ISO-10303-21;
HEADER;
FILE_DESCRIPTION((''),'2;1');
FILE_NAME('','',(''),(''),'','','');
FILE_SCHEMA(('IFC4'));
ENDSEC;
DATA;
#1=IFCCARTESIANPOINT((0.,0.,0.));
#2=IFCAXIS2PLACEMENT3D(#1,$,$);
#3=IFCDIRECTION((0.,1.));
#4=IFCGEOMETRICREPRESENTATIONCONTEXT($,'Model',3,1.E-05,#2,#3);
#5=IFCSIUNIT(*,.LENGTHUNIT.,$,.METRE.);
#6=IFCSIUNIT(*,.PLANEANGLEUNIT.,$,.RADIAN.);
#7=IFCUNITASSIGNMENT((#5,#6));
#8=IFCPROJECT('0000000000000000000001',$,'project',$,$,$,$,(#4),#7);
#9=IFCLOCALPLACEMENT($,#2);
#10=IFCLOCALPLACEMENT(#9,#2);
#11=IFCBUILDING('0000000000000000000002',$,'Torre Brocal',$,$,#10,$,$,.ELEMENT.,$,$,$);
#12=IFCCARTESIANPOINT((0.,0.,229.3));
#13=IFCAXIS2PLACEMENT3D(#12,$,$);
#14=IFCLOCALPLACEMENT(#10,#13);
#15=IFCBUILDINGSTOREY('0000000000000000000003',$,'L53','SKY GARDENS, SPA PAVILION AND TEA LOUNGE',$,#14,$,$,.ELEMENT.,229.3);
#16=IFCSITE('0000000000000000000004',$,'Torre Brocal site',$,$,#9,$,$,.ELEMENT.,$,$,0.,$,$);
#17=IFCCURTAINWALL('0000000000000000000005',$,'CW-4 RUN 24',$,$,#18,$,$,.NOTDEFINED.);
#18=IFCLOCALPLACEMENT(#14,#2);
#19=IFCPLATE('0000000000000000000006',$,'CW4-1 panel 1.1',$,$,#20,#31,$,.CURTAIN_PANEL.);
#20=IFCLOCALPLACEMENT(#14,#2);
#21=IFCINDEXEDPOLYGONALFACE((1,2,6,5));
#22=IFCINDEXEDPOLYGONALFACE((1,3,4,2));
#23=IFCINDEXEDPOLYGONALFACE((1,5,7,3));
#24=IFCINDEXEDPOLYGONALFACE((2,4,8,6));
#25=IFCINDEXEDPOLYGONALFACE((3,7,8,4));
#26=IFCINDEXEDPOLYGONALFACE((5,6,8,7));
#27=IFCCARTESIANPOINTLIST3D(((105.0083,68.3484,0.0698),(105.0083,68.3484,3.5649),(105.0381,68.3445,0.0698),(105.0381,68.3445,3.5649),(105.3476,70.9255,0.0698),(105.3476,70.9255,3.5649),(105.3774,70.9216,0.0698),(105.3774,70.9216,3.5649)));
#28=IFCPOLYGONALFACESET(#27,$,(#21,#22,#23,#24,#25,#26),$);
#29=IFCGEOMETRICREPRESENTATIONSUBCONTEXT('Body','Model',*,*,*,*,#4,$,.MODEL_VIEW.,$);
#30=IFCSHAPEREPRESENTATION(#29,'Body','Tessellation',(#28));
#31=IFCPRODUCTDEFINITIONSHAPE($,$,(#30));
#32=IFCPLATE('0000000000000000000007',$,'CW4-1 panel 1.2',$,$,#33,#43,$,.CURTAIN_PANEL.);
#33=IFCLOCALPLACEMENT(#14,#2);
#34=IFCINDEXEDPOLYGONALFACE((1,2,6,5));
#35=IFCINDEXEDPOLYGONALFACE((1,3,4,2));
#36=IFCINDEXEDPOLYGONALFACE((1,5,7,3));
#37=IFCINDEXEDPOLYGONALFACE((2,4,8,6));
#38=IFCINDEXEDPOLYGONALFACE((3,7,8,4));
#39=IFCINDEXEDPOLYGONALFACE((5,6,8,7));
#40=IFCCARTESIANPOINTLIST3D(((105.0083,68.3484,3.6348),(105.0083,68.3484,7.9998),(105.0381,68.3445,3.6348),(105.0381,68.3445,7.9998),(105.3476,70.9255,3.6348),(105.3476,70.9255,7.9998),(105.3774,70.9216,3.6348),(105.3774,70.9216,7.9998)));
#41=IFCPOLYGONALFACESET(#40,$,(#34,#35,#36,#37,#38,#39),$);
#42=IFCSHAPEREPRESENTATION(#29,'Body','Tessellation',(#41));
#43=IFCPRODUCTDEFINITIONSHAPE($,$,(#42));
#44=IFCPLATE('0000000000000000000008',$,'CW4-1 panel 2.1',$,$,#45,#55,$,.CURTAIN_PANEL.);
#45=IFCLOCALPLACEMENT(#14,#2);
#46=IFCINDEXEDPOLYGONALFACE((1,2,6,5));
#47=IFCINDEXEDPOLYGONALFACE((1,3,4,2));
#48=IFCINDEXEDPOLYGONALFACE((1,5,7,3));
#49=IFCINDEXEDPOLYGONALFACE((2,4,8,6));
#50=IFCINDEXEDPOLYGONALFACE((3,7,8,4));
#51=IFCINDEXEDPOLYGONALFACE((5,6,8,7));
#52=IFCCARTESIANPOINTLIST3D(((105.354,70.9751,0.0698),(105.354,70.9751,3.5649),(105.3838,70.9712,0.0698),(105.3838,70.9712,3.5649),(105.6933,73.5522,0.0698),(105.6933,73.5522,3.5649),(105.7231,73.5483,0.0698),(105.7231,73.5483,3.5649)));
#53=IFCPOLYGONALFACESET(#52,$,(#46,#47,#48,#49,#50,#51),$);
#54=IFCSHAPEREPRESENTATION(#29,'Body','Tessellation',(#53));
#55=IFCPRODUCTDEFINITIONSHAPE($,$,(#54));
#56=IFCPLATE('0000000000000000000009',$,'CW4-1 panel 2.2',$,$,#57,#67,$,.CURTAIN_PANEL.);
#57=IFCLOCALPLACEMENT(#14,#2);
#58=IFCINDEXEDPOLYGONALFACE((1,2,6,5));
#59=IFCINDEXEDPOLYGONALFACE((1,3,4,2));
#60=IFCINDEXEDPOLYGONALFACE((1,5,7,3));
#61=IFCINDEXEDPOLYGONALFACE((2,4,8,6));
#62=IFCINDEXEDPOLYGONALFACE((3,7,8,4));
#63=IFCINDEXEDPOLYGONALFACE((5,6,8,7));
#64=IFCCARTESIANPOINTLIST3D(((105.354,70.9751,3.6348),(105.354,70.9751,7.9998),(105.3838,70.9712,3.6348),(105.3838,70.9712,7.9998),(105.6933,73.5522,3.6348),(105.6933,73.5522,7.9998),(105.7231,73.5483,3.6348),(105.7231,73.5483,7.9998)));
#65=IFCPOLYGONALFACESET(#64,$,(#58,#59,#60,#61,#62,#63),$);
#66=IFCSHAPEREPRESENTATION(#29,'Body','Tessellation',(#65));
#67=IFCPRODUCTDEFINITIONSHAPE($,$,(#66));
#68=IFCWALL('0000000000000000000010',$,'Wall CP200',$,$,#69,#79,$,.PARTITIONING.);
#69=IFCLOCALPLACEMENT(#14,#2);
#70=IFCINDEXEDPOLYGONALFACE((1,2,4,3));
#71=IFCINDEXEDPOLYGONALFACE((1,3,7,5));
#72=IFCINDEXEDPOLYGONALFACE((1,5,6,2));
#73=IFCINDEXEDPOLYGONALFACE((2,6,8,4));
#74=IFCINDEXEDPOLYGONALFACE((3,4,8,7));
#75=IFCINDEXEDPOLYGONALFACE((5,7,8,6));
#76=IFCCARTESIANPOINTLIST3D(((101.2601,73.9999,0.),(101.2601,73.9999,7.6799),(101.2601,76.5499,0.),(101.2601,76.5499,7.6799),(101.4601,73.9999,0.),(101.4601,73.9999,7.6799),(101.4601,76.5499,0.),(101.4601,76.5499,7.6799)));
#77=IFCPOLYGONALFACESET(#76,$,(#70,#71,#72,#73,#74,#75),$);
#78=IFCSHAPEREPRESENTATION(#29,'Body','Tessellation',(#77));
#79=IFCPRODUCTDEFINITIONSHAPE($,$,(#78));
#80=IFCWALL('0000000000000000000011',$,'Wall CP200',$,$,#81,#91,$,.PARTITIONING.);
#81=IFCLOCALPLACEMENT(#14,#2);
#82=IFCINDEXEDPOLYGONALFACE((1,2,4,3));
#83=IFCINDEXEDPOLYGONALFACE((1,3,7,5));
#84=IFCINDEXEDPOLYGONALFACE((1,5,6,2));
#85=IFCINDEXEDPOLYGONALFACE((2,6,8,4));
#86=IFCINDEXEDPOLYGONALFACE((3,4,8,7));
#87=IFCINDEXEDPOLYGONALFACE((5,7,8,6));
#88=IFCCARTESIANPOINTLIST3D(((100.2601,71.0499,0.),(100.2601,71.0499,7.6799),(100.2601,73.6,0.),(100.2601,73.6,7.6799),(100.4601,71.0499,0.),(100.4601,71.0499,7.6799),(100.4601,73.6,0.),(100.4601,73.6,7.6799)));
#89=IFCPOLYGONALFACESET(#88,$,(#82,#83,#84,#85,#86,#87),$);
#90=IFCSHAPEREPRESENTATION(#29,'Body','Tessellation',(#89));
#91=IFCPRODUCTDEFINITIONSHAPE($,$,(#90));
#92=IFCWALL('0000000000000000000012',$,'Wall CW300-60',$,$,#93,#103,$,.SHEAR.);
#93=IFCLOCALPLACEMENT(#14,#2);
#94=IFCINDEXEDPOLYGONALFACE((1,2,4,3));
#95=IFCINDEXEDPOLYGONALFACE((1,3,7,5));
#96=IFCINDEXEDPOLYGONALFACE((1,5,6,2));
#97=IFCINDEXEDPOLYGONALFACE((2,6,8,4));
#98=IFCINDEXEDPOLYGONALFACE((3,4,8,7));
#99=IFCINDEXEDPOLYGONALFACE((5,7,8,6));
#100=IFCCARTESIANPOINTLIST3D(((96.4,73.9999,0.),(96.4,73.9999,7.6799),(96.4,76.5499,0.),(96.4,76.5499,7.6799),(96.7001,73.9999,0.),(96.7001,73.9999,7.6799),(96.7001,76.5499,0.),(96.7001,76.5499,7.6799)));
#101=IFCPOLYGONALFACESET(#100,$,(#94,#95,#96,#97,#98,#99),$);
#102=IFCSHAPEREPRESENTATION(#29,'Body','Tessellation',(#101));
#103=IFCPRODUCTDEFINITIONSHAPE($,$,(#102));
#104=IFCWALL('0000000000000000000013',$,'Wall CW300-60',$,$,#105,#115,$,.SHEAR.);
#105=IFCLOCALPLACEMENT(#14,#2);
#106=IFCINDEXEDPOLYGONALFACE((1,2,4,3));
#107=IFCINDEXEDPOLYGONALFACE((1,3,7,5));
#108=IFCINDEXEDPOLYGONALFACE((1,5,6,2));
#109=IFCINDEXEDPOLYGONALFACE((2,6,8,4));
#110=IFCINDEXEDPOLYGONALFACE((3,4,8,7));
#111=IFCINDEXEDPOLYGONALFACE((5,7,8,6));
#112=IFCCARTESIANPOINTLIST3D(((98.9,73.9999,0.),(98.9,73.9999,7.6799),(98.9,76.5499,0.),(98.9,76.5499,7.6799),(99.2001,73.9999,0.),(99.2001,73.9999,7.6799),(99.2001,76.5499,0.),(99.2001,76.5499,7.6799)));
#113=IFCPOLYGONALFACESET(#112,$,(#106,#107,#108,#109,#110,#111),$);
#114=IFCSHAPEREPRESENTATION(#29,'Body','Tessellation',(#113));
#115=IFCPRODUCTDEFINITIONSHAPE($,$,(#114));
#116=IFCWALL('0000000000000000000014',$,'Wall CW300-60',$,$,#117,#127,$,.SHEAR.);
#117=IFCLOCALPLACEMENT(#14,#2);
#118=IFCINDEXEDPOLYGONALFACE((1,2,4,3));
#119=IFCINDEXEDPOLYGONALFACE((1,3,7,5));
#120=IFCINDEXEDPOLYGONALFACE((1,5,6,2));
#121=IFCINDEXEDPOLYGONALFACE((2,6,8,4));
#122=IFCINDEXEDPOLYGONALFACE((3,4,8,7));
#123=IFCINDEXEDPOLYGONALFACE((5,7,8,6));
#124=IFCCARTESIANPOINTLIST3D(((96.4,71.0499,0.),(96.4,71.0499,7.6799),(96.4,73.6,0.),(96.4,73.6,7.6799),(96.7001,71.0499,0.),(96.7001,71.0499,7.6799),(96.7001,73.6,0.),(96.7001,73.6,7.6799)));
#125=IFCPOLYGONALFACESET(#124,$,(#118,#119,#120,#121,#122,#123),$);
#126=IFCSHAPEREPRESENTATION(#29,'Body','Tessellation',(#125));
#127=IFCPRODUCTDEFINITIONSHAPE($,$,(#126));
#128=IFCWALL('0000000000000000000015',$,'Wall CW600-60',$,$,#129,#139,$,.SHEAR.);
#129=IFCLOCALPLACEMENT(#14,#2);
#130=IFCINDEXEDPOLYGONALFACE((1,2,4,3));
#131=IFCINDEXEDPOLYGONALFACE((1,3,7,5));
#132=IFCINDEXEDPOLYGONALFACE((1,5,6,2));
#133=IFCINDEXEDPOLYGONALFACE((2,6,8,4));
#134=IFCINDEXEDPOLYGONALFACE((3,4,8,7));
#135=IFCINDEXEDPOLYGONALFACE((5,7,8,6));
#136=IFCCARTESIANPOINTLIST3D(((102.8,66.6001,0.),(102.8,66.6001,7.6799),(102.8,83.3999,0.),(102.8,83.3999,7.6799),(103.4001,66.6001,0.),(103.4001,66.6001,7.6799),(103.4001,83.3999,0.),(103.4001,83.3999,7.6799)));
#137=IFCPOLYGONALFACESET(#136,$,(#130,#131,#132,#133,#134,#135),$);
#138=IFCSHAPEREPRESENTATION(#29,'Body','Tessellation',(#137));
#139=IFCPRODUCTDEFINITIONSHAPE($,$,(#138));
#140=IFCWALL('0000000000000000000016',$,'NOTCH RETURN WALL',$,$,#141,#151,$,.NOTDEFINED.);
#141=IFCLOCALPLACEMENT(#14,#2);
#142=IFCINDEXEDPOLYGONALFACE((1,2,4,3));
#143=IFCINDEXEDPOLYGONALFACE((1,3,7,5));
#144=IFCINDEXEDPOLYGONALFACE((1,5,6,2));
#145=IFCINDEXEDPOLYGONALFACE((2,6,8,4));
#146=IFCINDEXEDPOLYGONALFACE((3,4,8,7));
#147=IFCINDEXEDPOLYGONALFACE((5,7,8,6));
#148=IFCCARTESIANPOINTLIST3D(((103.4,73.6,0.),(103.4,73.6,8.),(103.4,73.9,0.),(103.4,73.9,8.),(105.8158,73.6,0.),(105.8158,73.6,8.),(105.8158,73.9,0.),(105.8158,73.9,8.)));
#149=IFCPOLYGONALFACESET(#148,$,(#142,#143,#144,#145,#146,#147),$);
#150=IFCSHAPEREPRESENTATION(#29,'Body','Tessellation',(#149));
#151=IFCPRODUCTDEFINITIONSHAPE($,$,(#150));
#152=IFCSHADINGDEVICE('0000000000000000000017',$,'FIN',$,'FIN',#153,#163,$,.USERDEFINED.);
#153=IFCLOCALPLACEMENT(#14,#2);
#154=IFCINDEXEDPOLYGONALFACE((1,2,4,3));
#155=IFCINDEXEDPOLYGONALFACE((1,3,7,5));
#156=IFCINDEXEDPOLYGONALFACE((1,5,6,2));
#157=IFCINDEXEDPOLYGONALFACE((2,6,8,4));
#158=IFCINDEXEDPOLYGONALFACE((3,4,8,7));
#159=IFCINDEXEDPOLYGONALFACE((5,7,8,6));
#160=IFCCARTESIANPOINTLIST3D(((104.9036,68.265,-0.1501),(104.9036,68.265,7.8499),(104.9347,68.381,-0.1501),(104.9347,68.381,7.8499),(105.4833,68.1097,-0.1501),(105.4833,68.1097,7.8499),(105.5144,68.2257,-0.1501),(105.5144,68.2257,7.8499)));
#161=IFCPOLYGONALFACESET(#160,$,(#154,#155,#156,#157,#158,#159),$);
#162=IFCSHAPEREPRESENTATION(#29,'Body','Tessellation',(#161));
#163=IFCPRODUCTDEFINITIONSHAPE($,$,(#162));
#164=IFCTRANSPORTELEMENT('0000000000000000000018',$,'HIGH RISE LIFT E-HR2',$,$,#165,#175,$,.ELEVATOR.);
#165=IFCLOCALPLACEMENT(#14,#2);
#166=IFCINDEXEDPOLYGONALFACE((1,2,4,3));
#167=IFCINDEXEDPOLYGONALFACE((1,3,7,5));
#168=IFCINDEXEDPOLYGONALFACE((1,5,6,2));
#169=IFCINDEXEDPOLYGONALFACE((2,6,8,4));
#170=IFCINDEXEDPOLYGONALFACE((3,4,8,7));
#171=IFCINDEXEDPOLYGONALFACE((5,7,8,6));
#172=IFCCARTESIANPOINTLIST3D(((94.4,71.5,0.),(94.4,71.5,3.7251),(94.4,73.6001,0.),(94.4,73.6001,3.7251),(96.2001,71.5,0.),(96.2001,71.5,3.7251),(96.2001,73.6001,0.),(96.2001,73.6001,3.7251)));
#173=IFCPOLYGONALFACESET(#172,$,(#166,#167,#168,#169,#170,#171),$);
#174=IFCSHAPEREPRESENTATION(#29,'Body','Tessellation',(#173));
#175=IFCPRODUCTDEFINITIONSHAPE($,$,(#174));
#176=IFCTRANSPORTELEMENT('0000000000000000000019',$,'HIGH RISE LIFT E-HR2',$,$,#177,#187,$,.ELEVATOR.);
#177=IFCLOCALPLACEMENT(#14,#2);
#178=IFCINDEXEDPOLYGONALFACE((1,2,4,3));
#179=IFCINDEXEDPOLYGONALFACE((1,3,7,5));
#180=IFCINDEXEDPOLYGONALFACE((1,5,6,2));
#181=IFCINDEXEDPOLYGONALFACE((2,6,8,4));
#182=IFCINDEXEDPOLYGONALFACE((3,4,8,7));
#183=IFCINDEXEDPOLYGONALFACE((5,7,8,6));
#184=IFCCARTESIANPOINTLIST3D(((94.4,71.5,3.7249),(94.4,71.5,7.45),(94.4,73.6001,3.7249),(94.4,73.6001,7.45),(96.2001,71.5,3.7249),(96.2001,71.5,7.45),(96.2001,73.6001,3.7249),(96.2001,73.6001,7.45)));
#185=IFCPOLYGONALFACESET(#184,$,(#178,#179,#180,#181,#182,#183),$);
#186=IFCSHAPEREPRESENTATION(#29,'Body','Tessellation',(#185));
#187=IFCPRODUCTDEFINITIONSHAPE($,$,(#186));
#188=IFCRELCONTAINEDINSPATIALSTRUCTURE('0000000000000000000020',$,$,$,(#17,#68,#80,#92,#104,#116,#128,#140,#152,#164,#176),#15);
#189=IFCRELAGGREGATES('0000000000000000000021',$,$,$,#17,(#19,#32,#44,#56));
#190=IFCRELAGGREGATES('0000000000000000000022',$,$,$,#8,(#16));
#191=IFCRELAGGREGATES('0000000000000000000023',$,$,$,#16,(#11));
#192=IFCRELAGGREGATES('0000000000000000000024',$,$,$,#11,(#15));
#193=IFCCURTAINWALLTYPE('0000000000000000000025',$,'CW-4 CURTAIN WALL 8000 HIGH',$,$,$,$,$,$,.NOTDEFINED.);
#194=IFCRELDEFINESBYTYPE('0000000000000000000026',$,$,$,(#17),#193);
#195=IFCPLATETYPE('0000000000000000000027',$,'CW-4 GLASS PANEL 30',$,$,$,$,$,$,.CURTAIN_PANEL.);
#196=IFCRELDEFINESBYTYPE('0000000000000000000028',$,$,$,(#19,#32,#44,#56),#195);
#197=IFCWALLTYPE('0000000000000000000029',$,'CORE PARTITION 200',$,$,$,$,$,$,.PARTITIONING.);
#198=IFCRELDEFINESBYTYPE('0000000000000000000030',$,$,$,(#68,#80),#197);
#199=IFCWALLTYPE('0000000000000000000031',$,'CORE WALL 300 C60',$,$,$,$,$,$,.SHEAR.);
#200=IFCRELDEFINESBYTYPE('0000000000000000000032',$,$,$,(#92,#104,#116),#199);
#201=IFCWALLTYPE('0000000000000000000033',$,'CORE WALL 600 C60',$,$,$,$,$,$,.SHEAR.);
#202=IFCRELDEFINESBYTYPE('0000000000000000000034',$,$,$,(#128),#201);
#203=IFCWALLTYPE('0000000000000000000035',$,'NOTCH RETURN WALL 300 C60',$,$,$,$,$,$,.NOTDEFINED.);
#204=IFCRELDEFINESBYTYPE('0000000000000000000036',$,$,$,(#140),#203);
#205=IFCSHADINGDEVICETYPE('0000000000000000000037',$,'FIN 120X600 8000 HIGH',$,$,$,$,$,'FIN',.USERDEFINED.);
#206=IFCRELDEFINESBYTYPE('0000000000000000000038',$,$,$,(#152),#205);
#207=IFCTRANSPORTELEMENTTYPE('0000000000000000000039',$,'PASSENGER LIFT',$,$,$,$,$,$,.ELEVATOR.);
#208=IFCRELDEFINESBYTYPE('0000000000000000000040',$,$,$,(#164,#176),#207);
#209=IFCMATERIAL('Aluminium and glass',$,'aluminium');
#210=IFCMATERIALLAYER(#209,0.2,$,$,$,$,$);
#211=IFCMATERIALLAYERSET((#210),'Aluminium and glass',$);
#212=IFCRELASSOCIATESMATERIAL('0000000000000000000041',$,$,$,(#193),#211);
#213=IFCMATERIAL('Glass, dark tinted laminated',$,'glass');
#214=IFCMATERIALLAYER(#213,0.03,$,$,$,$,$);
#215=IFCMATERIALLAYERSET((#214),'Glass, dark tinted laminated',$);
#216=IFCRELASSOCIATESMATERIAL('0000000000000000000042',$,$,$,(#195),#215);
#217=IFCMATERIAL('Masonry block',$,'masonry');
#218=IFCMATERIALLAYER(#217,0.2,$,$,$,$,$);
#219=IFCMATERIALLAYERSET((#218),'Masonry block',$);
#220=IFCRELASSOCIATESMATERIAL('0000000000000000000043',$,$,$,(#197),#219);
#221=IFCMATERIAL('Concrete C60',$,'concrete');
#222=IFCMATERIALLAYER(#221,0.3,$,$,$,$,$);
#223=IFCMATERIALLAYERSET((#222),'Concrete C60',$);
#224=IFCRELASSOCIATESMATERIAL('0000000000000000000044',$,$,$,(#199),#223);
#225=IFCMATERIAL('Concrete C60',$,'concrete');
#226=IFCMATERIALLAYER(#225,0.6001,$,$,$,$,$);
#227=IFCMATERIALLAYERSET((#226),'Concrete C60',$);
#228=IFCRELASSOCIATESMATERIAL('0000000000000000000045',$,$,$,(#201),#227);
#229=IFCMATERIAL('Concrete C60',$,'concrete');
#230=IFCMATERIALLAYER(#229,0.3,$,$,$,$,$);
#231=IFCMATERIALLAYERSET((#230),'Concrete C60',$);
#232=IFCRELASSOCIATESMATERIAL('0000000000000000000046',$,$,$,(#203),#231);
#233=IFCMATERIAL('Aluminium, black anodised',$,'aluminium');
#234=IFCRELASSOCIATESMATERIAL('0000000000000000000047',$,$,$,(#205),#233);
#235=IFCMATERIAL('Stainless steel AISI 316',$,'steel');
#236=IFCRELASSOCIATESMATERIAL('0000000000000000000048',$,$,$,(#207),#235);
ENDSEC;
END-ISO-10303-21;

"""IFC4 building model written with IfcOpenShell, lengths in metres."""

from ifc_helpers import new_model, si_unit, direction, frame, frame_2d, origin, origin_2d, place, context, subcontext, project, spatial, rectangle, extrude, material, layer, layer_set, material_profile, profile_set, type_object, element, aggregate, save


model = new_model("IFC4")

# Units and contexts
model_context = context("Model", 3, precision=1e-05, world=origin(), true_north=direction((0.0, 1.0)))
body_context = subcontext(model_context, "Body", "Model", "MODEL_VIEW")
ifc_project = project(units=[si_unit("LENGTHUNIT", "METRE"), si_unit("PLANEANGLEUNIT", "RADIAN")], contexts=[model_context])

# Site, building, storey
site_placement = place(None, origin())
site = spatial("IfcSite", under=ifc_project, at=site_placement, Name="Torre Brocal site", CompositionType="ELEMENT", RefElevation=0.0)
building_placement = place(site_placement, origin())
building = spatial("IfcBuilding", under=site, at=building_placement, Name="Torre Brocal", CompositionType="ELEMENT")
storey_placement = place(building_placement, frame((0.0, 0.0, 229.3)))
storey = spatial("IfcBuildingStorey", under=building, at=storey_placement, Name="L53", Description="SKY GARDENS, SPA PAVILION AND TEA LOUNGE", CompositionType="ELEMENT", Elevation=229.3)

# Curtain wall
ifc_material_1 = material(Name="Aluminium and glass", Category="aluminium")
ifc_layer_1 = layer(ifc_material_1, 0.2)
ifc_layer_set_1 = layer_set([ifc_layer_1], Name="Aluminium and glass")
curtain_wall_type = type_object("IfcCurtainWallType", Name="CW-4 CURTAIN WALL 8000 HIGH", PredefinedType="NOTDEFINED", material=ifc_layer_set_1)
curtain_wall_1_placement = place(storey_placement, origin())
curtain_wall_1 = element("IfcCurtainWall", 1, at=curtain_wall_1_placement, inside=storey, type_object=curtain_wall_type, Name="CW-4 RUN 24", PredefinedType="NOTDEFINED")

# Plates
ifc_material_2 = material(Name="Glass, dark tinted laminated", Category="glass")
ifc_layer_2 = layer(ifc_material_2, 0.03)
ifc_layer_set_2 = layer_set([ifc_layer_2], Name="Glass, dark tinted laminated")
plate_type = type_object("IfcPlateType", Name="CW-4 GLASS PANEL 30", PredefinedType="CURTAIN_PANEL", material=ifc_layer_set_2)
plate_1_placement = place(storey_placement, frame((105.1929, 69.635, 0.0698), z_axis=(0.0, 0.0, 1.0), x_axis=(0.130526, 0.991445, 0.0)))
plate_1 = element("IfcPlate", 2, at=plate_1_placement, type_object=plate_type, Name="CW4-1 panel 1.1", PredefinedType="CURTAIN_PANEL", context=body_context, shape_type="SweptSolid", body=[
    extrude(rectangle(XDim=2.5994, YDim=0.03, at=origin_2d()), origin(), (0.0, 0.0, 1.0), 3.4951),
])
plate_2_placement = place(storey_placement, frame((105.1929, 69.635, 3.6348), z_axis=(0.0, 0.0, 1.0), x_axis=(0.130526, 0.991445, 0.0)))
plate_2 = element("IfcPlate", 3, at=plate_2_placement, type_object=plate_type, Name="CW4-1 panel 1.2", PredefinedType="CURTAIN_PANEL", context=body_context, shape_type="SweptSolid", body=[
    extrude(rectangle(XDim=2.5994, YDim=0.03, at=origin_2d()), origin(), (0.0, 0.0, 1.0), 4.365),
])
plate_3_placement = place(storey_placement, frame((105.5386, 72.2617, 0.0698), z_axis=(0.0, 0.0, 1.0), x_axis=(0.130526, 0.991445, 0.0)))
plate_3 = element("IfcPlate", 4, at=plate_3_placement, type_object=plate_type, Name="CW4-1 panel 2.1", PredefinedType="CURTAIN_PANEL", context=body_context, shape_type="SweptSolid", body=[
    extrude(rectangle(XDim=2.5994, YDim=0.03, at=origin_2d()), origin(), (0.0, 0.0, 1.0), 3.4951),
])
plate_4_placement = place(storey_placement, frame((105.5386, 72.2617, 3.6348), z_axis=(0.0, 0.0, 1.0), x_axis=(0.130526, 0.991445, 0.0)))
plate_4 = element("IfcPlate", 5, at=plate_4_placement, type_object=plate_type, Name="CW4-1 panel 2.2", PredefinedType="CURTAIN_PANEL", context=body_context, shape_type="SweptSolid", body=[
    extrude(rectangle(XDim=2.5994, YDim=0.03, at=origin_2d()), origin(), (0.0, 0.0, 1.0), 4.365),
])
aggregate(curtain_wall_1, [plate_1, plate_2, plate_3, plate_4])

# Walls
ifc_material_3 = material(Name="Masonry block", Category="masonry")
ifc_layer_3 = layer(ifc_material_3, 0.2)
ifc_layer_set_3 = layer_set([ifc_layer_3], Name="Masonry block")
wall_type_1 = type_object("IfcWallType", Name="CORE PARTITION 200", PredefinedType="PARTITIONING", material=ifc_layer_set_3)
for number, where, z_axis, x_axis, name in (
    (6, (101.3601, 74.0, 0.0), (0.0, 0.0, 1.0), (0.0, 1.0, 0.0), "Wall CP200"),
    (7, (100.3601, 71.05, 0.0), (0.0, 0.0, 1.0), (0.0, 1.0, 0.0), "Wall CP200"),
):
    element("IfcWall", number, at=place(storey_placement, frame(where, z_axis=z_axis, x_axis=x_axis)), inside=storey, type_object=wall_type_1, Name=name, PredefinedType="PARTITIONING", context=body_context, shape_type="SweptSolid", body=[
        extrude(rectangle(XDim=2.55, YDim=0.2, at=frame_2d((1.2749, 0.0))), origin(), (0.0, 0.0, 1.0), 7.6799),
    ])
ifc_material_4 = material(Name="Concrete C60", Category="concrete")
ifc_layer_4 = layer(ifc_material_4, 0.3)
ifc_layer_set_4 = layer_set([ifc_layer_4], Name="Concrete C60")
wall_type_2 = type_object("IfcWallType", Name="CORE WALL 300 C60", PredefinedType="SHEAR", material=ifc_layer_set_4)
for number, where, z_axis, x_axis, name in (
    (8, (96.55, 74.0, 0.0), (0.0, 0.0, 1.0), (0.0, 1.0, 0.0), "Wall CW300-60"),
    (9, (99.05, 74.0, 0.0), (0.0, 0.0, 1.0), (0.0, 1.0, 0.0), "Wall CW300-60"),
    (10, (96.55, 71.05, 0.0), (0.0, 0.0, 1.0), (0.0, 1.0, 0.0), "Wall CW300-60"),
):
    element("IfcWall", number, at=place(storey_placement, frame(where, z_axis=z_axis, x_axis=x_axis)), inside=storey, type_object=wall_type_2, Name=name, PredefinedType="SHEAR", context=body_context, shape_type="SweptSolid", body=[
        extrude(rectangle(XDim=2.55, YDim=0.3, at=frame_2d((1.2749, 0.0))), origin(), (0.0, 0.0, 1.0), 7.6799),
    ])
ifc_material_5 = material(Name="Concrete C60", Category="concrete")
ifc_layer_5 = layer(ifc_material_5, 0.6001)
ifc_layer_set_5 = layer_set([ifc_layer_5], Name="Concrete C60")
wall_type_3 = type_object("IfcWallType", Name="CORE WALL 600 C60", PredefinedType="SHEAR", material=ifc_layer_set_5)
wall_1_placement = place(storey_placement, frame((103.1001, 66.6001, 0.0), z_axis=(0.0, 0.0, 1.0), x_axis=(0.0, 1.0, 0.0)))
element("IfcWall", 11, at=wall_1_placement, inside=storey, type_object=wall_type_3, Name="Wall CW600-60", PredefinedType="SHEAR", context=body_context, shape_type="SweptSolid", body=[
    extrude(rectangle(XDim=16.7998, YDim=0.6001, at=frame_2d((8.3999, 0.0))), origin(), (0.0, 0.0, 1.0), 7.6799),
])
ifc_material_6 = material(Name="Concrete C60", Category="concrete")
ifc_layer_6 = layer(ifc_material_6, 0.3)
ifc_layer_set_6 = layer_set([ifc_layer_6], Name="Concrete C60")
wall_type_4 = type_object("IfcWallType", Name="NOTCH RETURN WALL 300 C60", PredefinedType="NOTDEFINED", material=ifc_layer_set_6)
wall_2_placement = place(storey_placement, frame((103.3999, 73.75, 0.0), z_axis=(0.0, 0.0, 1.0), x_axis=(1.0, 0.0, 0.0)))
element("IfcWall", 12, at=wall_2_placement, inside=storey, type_object=wall_type_4, Name="NOTCH RETURN WALL", PredefinedType="NOTDEFINED", context=body_context, shape_type="SweptSolid", body=[
    extrude(rectangle(XDim=2.4158, YDim=0.3, at=frame_2d((1.208, 0.0))), origin(), (0.0, 0.0, 1.0), 8.0),
])

# Shading device
ifc_material_7 = material(Name="Aluminium, black anodised", Category="aluminium")
ifc_material_profile_1 = material_profile(ifc_material_7, rectangle(XDim=0.1201, YDim=0.6001, at=origin_2d()), Name="FIN 120X600 8000 HIGH")
ifc_profile_set_1 = profile_set([ifc_material_profile_1], Name="Aluminium, black anodised")
shading_device_type = type_object("IfcShadingDeviceType", Name="FIN 120X600 8000 HIGH", ElementType="FIN", PredefinedType="USERDEFINED", material=ifc_profile_set_1)
shading_device_placement = place(storey_placement, frame((105.209, 68.2454, -0.1501), z_axis=(0.0, 0.0, 1.0), x_axis=(0.258819, 0.965926, 0.0)))
element("IfcShadingDevice", 13, at=shading_device_placement, inside=storey, type_object=shading_device_type, Name="FIN", ObjectType="FIN", PredefinedType="USERDEFINED", context=body_context, shape_type="SweptSolid", body=[
    extrude(rectangle(XDim=0.1201, YDim=0.6001, at=origin_2d()), origin(), (0.0, 0.0, 1.0), 8.0),
])

# Transport elements
ifc_material_8 = material(Name="Stainless steel AISI 316", Category="steel")
transport_element_type = type_object("IfcTransportElementType", Name="PASSENGER LIFT", PredefinedType="ELEVATOR", material=ifc_material_8)
for number, where, z_axis, x_axis, name in (
    (14, (95.3, 72.55, 0.0), (0.0, 0.0, 1.0), (1.0, 0.0, 0.0), "HIGH RISE LIFT E-HR2"),
    (15, (95.3, 72.55, 3.7249), (0.0, 0.0, 1.0), (1.0, 0.0, 0.0), "HIGH RISE LIFT E-HR2"),
):
    element("IfcTransportElement", number, at=place(storey_placement, frame(where, z_axis=z_axis, x_axis=x_axis)), inside=storey, type_object=transport_element_type, Name=name, PredefinedType="ELEVATOR", context=body_context, shape_type="SweptSolid", body=[
        extrude(rectangle(XDim=1.8, YDim=2.1001, at=origin_2d()), origin(), (0.0, 0.0, 1.0), 3.7251),
    ])

save(model, "model.ifc")
